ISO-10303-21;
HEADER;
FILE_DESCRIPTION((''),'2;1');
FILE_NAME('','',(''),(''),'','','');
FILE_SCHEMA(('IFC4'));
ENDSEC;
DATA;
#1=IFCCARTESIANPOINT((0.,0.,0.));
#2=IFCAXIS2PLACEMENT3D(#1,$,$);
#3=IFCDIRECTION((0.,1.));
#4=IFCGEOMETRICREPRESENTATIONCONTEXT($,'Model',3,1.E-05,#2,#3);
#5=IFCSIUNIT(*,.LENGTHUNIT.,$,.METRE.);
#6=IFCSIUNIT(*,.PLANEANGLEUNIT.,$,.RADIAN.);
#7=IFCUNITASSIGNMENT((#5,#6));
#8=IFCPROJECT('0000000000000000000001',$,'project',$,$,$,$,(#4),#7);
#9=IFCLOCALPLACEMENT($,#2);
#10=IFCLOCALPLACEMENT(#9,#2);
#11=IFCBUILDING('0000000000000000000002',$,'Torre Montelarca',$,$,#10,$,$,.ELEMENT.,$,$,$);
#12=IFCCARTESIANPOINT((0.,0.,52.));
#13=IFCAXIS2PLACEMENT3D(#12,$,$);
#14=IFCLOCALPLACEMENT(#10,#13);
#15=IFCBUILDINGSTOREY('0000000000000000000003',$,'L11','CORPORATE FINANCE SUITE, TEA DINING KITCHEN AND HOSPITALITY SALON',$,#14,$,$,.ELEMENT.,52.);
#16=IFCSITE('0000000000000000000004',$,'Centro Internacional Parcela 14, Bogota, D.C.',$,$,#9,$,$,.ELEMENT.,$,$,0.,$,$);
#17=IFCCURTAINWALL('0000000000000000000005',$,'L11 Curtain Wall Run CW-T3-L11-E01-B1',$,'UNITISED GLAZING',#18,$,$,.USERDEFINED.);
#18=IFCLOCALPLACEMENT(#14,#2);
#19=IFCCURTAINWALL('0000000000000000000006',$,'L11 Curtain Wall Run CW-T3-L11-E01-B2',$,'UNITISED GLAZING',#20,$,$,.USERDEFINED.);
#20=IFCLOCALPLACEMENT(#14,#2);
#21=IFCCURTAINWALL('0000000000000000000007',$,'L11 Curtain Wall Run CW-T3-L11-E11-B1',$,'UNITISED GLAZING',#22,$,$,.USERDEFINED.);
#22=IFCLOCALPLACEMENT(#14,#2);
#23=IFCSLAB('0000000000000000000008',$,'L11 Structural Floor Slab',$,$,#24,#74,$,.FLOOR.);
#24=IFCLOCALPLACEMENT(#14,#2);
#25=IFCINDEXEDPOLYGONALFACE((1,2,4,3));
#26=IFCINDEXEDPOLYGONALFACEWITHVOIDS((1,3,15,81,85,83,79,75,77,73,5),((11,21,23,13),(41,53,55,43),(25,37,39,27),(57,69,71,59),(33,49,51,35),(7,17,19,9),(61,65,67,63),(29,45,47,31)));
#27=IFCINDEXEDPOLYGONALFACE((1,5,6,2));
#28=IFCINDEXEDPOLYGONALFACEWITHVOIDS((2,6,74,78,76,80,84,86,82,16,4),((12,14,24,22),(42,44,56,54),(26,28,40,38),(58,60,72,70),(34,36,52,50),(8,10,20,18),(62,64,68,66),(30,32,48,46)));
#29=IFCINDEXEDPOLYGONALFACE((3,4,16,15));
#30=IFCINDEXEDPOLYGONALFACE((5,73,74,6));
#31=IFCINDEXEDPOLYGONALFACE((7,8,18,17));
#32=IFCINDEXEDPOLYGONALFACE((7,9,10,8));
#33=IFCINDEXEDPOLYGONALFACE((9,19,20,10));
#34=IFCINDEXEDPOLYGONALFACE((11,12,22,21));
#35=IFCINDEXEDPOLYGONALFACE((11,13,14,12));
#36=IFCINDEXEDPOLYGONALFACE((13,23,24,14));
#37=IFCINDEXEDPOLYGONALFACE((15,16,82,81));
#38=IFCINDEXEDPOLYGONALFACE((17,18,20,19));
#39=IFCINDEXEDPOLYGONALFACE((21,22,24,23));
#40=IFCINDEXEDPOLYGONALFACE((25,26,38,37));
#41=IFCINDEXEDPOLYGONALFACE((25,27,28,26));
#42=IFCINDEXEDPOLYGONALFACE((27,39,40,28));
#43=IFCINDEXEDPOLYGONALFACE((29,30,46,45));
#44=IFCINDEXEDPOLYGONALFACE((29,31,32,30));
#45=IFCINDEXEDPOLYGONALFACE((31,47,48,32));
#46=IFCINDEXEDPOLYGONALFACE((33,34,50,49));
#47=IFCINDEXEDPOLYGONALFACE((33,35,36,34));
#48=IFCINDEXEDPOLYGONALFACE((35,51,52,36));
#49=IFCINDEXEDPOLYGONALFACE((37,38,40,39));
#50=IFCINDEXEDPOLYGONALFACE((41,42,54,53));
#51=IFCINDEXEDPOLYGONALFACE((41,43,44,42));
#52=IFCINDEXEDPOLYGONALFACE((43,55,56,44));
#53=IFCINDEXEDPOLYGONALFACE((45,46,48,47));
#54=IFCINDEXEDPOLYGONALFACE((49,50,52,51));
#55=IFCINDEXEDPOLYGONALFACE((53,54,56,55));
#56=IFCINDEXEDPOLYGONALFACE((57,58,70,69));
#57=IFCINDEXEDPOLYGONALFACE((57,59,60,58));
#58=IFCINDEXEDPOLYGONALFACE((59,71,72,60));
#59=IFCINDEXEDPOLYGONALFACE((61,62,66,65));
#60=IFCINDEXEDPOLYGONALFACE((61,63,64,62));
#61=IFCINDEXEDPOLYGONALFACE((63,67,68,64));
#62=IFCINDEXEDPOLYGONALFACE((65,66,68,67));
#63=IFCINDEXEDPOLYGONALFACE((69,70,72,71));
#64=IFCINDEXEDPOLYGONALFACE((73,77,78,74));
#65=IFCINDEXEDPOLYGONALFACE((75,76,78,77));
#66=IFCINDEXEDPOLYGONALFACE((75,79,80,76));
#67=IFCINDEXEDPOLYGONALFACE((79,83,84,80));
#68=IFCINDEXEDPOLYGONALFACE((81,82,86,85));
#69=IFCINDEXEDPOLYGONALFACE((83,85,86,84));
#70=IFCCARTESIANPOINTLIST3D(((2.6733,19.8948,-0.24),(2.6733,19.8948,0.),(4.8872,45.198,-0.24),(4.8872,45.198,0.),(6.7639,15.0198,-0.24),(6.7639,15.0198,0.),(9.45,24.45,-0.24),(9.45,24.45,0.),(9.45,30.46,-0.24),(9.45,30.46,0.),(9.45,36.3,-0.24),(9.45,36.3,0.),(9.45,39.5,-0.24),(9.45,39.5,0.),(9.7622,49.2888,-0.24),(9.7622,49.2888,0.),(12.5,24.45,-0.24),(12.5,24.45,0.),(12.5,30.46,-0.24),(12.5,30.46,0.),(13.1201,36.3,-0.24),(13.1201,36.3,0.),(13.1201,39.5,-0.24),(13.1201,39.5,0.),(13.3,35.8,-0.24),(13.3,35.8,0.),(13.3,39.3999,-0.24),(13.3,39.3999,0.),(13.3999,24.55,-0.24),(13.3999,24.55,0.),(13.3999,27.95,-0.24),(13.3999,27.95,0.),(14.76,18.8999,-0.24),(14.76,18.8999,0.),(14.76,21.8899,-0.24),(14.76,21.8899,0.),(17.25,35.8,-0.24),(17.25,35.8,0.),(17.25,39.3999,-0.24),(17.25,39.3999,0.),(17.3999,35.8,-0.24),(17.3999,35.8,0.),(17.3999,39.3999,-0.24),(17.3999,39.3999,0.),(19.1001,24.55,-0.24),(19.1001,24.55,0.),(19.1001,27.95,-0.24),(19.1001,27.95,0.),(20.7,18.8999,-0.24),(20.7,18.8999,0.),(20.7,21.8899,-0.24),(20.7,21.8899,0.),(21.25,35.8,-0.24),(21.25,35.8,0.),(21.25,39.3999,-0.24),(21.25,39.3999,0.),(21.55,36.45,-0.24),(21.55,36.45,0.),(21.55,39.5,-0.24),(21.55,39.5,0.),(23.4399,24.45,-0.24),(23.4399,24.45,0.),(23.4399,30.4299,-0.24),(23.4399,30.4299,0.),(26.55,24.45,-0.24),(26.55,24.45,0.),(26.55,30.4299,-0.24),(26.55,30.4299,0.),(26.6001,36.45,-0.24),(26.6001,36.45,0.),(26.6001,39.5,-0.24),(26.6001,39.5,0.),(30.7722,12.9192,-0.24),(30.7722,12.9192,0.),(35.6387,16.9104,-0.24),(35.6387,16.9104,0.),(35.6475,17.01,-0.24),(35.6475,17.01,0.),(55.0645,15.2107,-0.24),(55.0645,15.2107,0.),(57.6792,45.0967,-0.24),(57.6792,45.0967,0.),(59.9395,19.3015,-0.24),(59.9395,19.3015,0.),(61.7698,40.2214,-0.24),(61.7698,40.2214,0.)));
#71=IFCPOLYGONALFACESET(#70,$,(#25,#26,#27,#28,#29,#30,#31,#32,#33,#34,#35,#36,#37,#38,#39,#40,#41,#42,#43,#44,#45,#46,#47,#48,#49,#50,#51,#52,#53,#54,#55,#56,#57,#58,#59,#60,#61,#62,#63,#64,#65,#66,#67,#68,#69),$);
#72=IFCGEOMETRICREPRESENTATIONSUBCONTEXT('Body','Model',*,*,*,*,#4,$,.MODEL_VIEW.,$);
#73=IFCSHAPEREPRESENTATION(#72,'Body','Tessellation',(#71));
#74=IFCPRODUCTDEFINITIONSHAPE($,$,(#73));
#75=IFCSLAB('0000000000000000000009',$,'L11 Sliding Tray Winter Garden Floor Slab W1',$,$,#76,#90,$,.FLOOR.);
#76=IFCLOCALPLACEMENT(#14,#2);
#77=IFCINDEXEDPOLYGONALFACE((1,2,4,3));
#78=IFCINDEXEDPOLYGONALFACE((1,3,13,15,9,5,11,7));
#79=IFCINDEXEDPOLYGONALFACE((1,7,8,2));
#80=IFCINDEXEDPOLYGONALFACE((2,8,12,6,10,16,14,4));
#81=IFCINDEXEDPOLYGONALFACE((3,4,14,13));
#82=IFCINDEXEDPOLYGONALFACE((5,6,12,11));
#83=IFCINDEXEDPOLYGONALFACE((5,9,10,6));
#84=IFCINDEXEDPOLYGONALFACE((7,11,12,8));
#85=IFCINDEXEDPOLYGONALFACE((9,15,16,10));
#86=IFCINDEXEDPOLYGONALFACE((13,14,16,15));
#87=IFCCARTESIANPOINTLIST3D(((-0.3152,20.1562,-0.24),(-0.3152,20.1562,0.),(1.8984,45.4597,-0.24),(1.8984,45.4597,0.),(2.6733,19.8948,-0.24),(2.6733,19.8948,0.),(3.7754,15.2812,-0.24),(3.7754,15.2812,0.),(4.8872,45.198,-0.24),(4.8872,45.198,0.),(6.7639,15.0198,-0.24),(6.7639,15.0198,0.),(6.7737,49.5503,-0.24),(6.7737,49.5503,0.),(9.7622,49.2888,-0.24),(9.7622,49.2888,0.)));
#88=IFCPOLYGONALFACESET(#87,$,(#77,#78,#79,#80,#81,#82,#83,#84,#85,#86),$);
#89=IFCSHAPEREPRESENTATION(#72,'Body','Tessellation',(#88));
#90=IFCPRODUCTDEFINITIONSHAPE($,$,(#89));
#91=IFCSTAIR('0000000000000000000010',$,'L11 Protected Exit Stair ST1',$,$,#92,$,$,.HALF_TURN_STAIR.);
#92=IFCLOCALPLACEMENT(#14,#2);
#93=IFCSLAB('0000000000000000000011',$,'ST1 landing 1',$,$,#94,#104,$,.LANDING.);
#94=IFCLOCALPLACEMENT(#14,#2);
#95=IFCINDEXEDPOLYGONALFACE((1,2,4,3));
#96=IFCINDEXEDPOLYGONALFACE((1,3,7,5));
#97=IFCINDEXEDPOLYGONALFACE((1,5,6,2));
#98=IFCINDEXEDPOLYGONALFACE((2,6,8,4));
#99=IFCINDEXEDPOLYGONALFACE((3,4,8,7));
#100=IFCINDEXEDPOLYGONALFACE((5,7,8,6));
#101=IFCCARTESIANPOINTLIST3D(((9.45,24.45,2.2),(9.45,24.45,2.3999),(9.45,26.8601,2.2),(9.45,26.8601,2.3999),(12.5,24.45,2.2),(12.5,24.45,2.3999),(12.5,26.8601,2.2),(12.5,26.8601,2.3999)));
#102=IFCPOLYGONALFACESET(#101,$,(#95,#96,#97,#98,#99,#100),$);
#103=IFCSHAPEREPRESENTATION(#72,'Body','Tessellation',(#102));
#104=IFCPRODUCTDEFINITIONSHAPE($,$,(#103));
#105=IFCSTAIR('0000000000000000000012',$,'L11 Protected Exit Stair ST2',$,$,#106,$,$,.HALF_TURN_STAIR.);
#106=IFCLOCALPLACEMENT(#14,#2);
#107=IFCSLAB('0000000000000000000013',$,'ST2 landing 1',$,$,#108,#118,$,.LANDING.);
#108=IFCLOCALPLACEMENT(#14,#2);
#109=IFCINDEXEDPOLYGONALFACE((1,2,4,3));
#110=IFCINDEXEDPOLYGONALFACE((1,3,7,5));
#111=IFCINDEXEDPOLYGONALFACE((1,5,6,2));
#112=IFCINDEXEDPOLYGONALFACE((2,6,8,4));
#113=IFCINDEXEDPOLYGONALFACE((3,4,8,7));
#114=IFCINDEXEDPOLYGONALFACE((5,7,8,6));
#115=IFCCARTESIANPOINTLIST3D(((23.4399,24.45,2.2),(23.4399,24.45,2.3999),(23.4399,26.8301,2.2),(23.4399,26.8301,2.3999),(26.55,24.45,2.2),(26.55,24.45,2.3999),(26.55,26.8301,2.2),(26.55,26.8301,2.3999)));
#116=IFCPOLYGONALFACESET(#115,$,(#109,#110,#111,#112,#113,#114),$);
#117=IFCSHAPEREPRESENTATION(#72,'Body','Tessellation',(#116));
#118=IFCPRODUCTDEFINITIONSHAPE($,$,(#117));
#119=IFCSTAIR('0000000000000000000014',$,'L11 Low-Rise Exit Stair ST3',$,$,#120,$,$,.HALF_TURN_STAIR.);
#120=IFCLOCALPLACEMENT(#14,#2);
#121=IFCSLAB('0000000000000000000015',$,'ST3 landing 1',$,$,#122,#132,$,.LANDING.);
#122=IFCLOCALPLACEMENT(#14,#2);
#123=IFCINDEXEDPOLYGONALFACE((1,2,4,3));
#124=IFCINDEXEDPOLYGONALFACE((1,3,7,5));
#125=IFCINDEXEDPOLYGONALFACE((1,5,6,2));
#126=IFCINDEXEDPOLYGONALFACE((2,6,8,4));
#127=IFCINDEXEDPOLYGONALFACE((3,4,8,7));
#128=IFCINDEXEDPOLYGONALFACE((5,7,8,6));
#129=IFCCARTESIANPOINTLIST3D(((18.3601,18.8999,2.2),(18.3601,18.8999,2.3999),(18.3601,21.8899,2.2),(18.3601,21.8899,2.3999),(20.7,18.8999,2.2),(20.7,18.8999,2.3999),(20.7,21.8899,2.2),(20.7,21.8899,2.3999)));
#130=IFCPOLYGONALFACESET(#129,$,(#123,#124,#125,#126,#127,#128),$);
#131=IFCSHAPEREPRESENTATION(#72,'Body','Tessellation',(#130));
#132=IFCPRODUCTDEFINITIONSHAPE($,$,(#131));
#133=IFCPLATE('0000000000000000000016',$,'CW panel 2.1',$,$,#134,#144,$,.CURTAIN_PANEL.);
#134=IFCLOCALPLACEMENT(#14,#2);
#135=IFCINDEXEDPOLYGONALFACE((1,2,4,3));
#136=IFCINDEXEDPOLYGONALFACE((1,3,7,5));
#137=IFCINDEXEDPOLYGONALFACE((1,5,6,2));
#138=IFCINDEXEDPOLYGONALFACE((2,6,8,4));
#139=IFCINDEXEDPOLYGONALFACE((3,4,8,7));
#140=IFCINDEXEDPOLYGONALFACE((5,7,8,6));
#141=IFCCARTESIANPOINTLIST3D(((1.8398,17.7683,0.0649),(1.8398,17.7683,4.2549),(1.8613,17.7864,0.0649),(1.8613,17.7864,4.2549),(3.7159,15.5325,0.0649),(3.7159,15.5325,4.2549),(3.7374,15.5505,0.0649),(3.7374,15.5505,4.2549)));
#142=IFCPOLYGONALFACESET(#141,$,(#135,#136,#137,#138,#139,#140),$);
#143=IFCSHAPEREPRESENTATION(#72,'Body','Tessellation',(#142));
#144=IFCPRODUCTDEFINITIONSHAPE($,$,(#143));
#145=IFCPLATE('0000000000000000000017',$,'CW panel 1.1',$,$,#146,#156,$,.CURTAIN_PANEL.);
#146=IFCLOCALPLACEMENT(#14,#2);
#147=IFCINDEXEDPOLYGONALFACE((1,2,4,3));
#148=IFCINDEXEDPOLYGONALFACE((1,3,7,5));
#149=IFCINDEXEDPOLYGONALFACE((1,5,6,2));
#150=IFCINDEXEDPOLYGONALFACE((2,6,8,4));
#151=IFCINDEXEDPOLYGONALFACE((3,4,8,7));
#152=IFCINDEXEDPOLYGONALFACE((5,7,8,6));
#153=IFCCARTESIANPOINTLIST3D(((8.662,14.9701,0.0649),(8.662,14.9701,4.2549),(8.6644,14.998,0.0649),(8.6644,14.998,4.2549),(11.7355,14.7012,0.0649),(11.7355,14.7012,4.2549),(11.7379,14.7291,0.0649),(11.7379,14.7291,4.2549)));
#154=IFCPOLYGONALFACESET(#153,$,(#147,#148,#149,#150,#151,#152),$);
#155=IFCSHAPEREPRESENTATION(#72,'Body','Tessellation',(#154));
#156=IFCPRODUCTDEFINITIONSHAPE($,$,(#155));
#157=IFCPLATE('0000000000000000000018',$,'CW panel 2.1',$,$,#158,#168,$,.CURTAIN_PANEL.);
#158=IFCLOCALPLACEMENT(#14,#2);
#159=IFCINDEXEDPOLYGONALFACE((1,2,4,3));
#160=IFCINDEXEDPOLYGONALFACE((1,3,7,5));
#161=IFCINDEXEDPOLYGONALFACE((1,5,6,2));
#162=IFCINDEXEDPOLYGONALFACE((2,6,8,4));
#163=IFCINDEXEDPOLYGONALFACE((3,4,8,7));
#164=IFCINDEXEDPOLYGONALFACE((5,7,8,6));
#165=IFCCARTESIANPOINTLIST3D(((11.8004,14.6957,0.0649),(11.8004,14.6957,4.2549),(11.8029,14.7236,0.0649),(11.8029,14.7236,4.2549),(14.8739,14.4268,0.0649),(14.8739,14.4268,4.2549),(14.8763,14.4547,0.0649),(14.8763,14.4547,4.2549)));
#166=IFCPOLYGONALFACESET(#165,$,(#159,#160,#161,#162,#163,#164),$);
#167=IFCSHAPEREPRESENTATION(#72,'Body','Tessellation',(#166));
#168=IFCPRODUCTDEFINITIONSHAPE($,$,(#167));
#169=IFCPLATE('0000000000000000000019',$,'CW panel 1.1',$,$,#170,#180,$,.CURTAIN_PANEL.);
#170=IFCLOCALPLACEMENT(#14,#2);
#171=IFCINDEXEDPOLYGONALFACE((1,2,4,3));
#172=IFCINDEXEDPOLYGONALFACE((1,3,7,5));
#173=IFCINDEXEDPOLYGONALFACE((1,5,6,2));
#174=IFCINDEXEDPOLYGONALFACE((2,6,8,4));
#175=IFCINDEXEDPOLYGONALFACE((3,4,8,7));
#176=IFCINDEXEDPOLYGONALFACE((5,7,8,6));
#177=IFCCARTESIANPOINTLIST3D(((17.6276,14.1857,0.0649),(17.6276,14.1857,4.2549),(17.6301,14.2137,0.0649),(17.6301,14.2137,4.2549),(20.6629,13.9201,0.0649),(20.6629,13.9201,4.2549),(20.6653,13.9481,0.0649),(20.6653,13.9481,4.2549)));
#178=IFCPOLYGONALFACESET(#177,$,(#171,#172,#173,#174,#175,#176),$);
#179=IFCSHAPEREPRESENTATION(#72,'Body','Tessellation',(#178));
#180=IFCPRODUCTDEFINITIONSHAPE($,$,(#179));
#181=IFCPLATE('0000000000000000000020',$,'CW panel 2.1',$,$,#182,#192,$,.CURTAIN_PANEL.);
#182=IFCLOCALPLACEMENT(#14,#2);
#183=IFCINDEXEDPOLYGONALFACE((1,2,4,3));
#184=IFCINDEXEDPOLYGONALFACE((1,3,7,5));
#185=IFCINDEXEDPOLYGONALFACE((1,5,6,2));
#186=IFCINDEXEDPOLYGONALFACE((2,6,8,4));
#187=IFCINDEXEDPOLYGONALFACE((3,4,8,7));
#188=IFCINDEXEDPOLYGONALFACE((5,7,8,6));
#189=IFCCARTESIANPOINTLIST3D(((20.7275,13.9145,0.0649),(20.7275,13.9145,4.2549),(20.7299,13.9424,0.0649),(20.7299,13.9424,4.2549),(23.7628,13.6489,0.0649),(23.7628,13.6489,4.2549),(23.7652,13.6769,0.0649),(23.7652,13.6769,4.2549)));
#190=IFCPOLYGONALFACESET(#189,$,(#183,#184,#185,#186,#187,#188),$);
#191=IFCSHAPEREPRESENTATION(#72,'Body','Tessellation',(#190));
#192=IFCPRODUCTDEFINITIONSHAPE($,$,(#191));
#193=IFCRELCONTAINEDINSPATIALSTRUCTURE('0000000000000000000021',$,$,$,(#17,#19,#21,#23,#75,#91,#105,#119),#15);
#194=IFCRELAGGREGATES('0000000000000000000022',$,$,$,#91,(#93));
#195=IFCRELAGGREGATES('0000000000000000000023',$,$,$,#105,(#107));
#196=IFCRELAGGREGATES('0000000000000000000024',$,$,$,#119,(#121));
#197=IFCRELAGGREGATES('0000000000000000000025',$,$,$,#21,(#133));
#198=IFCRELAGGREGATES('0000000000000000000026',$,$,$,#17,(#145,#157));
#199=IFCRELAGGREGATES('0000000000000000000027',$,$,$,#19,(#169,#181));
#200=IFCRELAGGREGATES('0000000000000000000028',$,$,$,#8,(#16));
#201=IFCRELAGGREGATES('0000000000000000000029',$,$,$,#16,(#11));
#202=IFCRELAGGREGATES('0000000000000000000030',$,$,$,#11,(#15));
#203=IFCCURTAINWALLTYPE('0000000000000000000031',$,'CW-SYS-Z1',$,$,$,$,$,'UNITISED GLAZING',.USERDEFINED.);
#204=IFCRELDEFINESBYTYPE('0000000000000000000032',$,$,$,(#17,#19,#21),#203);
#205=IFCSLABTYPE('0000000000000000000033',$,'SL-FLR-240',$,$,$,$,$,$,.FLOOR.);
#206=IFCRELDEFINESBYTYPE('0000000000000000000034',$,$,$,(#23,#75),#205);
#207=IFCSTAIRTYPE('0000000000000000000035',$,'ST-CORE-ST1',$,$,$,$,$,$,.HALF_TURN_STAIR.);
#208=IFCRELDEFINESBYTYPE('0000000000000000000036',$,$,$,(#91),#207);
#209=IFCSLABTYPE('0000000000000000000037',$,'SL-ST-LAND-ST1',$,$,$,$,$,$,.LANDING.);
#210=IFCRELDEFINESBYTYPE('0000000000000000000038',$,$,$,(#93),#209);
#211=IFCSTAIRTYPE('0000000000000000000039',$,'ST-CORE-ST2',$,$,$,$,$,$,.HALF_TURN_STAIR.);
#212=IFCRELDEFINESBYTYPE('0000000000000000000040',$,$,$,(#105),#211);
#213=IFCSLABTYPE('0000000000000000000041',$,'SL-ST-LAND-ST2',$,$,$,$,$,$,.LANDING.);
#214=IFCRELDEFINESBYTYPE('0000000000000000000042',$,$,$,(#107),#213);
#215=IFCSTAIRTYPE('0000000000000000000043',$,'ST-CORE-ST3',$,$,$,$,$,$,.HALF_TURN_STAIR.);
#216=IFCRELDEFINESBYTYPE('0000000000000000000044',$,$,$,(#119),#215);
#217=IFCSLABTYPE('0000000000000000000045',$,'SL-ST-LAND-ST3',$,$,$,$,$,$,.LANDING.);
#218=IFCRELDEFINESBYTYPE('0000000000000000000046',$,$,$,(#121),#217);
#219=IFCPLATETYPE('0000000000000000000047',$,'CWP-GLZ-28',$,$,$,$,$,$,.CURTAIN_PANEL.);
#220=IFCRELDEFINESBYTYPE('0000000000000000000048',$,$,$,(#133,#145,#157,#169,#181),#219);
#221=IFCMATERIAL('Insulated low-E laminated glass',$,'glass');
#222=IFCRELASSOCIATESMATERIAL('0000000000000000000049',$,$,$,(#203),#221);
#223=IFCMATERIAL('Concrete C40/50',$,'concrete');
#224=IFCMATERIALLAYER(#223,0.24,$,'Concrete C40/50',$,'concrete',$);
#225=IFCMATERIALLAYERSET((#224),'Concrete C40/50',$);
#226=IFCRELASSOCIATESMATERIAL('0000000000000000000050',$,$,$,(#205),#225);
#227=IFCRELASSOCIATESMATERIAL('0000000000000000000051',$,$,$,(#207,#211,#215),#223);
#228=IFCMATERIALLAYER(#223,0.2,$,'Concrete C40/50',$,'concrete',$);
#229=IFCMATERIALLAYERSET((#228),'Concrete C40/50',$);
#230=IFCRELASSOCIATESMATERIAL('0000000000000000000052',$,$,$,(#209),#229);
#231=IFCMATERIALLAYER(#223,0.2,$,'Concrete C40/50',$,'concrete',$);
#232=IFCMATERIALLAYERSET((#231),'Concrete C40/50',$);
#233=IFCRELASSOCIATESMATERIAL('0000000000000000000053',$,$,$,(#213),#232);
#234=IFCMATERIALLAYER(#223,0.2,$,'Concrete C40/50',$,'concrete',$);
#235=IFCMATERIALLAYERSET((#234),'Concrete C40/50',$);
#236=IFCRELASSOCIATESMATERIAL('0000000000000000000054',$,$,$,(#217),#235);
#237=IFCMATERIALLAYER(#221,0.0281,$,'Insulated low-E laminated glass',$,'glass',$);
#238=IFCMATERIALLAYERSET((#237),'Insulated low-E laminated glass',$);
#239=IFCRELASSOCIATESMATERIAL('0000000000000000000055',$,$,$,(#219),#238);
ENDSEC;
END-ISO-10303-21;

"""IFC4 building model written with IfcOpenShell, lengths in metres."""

from ifc_helpers import new_model, si_unit, direction, frame, origin, origin_2d, place, context, subcontext, project, spatial, polyline, rectangle, outline, extrude, source, transform, mapped, material, layer, layer_set, type_object, element, aggregate, save


model = new_model("IFC4")

# Units and contexts
model_context = context("Model", 3, precision=1e-05, world=origin(), true_north=direction((0.0, 1.0)))
body_context = subcontext(model_context, "Body", "Model", "MODEL_VIEW")
ifc_project = project(units=[si_unit("LENGTHUNIT", "METRE"), si_unit("PLANEANGLEUNIT", "RADIAN")], contexts=[model_context])

# Site, building, storey
site_placement = place(None, origin())
site = spatial("IfcSite", under=ifc_project, at=site_placement, Name="Centro Internacional Parcela 14, Bogota, D.C.", CompositionType="ELEMENT", RefElevation=0.0)
building_placement = place(site_placement, origin())
building = spatial("IfcBuilding", under=site, at=building_placement, Name="Torre Montelarca", CompositionType="ELEMENT")
storey_placement = place(building_placement, frame((0.0, 0.0, 52.0)))
storey = spatial("IfcBuildingStorey", under=building, at=storey_placement, Name="L11", Description="CORPORATE FINANCE SUITE, TEA DINING KITCHEN AND HOSPITALITY SALON", CompositionType="ELEMENT", Elevation=52.0)

# Curtain walls
ifc_material_1 = material(Name="Insulated low-E laminated glass", Category="glass")
curtain_wall_type = type_object("IfcCurtainWallType", Name="CW-SYS-Z1", ElementType="UNITISED GLAZING", PredefinedType="USERDEFINED", material=ifc_material_1)
curtain_wall_1_placement = place(storey_placement, origin())
curtain_wall_1 = element("IfcCurtainWall", 1, at=curtain_wall_1_placement, inside=storey, type_object=curtain_wall_type, Name="L11 Curtain Wall Run CW-T3-L11-E01-B1", ObjectType="UNITISED GLAZING", PredefinedType="USERDEFINED")
curtain_wall_2_placement = place(storey_placement, origin())
curtain_wall_2 = element("IfcCurtainWall", 2, at=curtain_wall_2_placement, inside=storey, type_object=curtain_wall_type, Name="L11 Curtain Wall Run CW-T3-L11-E01-B2", ObjectType="UNITISED GLAZING", PredefinedType="USERDEFINED")

# Curtain wall
curtain_wall_3_placement = place(storey_placement, origin())
curtain_wall_3 = element("IfcCurtainWall", 3, at=curtain_wall_3_placement, inside=storey, type_object=curtain_wall_type, Name="L11 Curtain Wall Run CW-T3-L11-E11-B1", ObjectType="UNITISED GLAZING", PredefinedType="USERDEFINED")

# Slabs
ifc_material_2 = material(Name="Concrete C40/50", Category="concrete")
ifc_layer_1 = layer(ifc_material_2, 0.24, Name="Concrete C40/50", Category="concrete")
ifc_layer_set_1 = layer_set([ifc_layer_1], Name="Concrete C40/50")
slab_type_1 = type_object("IfcSlabType", Name="SL-FLR-240", PredefinedType="FLOOR", material=ifc_layer_set_1)
slab_1_placement = place(storey_placement, frame((0.0, 0.0, -0.24)))
element("IfcSlab", 4, at=slab_1_placement, inside=storey, type_object=slab_type_1, Name="L11 Structural Floor Slab", PredefinedType="FLOOR", context=body_context, shape_type="SweptSolid", body=[
    extrude(outline(polyline([(30.7722, 12.9192), (35.6475, 17.01), (35.6387, 16.9104), (55.0645, 15.2107), (59.9395, 19.3015), (61.7698, 40.2214), (57.6792, 45.0967), (9.7622, 49.2888), (4.8872, 45.198), (2.6733, 19.8948), (6.7639, 15.0198), (30.7722, 12.9192)]), holes=[polyline([(20.7, 18.8999), (14.76, 18.8999), (14.76, 21.8899), (20.7, 21.8899), (20.7, 18.8999)]), polyline([(19.1001, 24.55), (13.3999, 24.55), (13.3999, 27.95), (19.1001, 27.95), (19.1001, 24.55)]), polyline([(23.4399, 24.45), (23.4399, 30.4299), (26.55, 30.4299), (26.55, 24.45), (23.4399, 24.45)]), polyline([(9.45, 24.45), (9.45, 30.46), (12.5, 30.46), (12.5, 24.45), (9.45, 24.45)]), polyline([(17.25, 35.8), (13.3, 35.8), (13.3, 39.3999), (17.25, 39.3999), (17.25, 35.8)]), polyline([(21.25, 35.8), (17.3999, 35.8), (17.3999, 39.3999), (21.25, 39.3999), (21.25, 35.8)]), polyline([(13.1201, 36.3), (9.45, 36.3), (9.45, 39.5), (13.1201, 39.5), (13.1201, 36.3)]), polyline([(26.6001, 36.45), (21.55, 36.45), (21.55, 39.5), (26.6001, 39.5), (26.6001, 36.45)])]), origin(), (0.0, 0.0, 1.0), 0.24),
])
slab_2_placement = place(storey_placement, frame((0.0, 0.0, -0.24)))
element("IfcSlab", 5, at=slab_2_placement, inside=storey, type_object=slab_type_1, Name="L11 Sliding Tray Winter Garden Floor Slab W1", PredefinedType="FLOOR", context=body_context, shape_type="SweptSolid", body=[
    extrude(outline(polyline([(6.7639, 15.0198), (2.6733, 19.8948), (4.8872, 45.198), (9.7622, 49.2888), (6.7737, 49.5503), (1.8984, 45.4597), (-0.3152, 20.1562), (3.7754, 15.2812), (6.7639, 15.0198)])), origin(), (0.0, 0.0, 1.0), 0.24),
])

# Stairs, slabs
stair_type_1 = type_object("IfcStairType", Name="ST-CORE-ST1", PredefinedType="HALF_TURN_STAIR", material=ifc_material_2)
stair_1_placement = place(storey_placement, origin())
stair_1 = element("IfcStair", 6, at=stair_1_placement, inside=storey, type_object=stair_type_1, Name="L11 Protected Exit Stair ST1", PredefinedType="HALF_TURN_STAIR")
ifc_layer_2 = layer(ifc_material_2, 0.2, Name="Concrete C40/50", Category="concrete")
ifc_layer_set_2 = layer_set([ifc_layer_2], Name="Concrete C40/50")
slab_type_2 = type_object("IfcSlabType", Name="SL-ST-LAND-ST1", PredefinedType="LANDING", material=ifc_layer_set_2)
slab_3_placement = place(storey_placement, frame((0.0, 0.0, 2.2)))
slab_3 = element("IfcSlab", 7, at=slab_3_placement, type_object=slab_type_2, Name="ST1 landing 1", PredefinedType="LANDING", context=body_context, shape_type="SweptSolid", body=[
    extrude(outline(polyline([(9.45, 26.8601), (9.45, 24.45), (12.5, 24.45), (12.5, 26.8601), (9.45, 26.8601)])), origin(), (0.0, 0.0, 1.0), 0.2),
])
aggregate(stair_1, [slab_3])
stair_type_2 = type_object("IfcStairType", Name="ST-CORE-ST2", PredefinedType="HALF_TURN_STAIR", material=ifc_material_2)
stair_2_placement = place(storey_placement, origin())
stair_2 = element("IfcStair", 8, at=stair_2_placement, inside=storey, type_object=stair_type_2, Name="L11 Protected Exit Stair ST2", PredefinedType="HALF_TURN_STAIR")
ifc_layer_3 = layer(ifc_material_2, 0.2, Name="Concrete C40/50", Category="concrete")
ifc_layer_set_3 = layer_set([ifc_layer_3], Name="Concrete C40/50")
slab_type_3 = type_object("IfcSlabType", Name="SL-ST-LAND-ST2", PredefinedType="LANDING", material=ifc_layer_set_3)
slab_4_placement = place(storey_placement, frame((0.0, 0.0, 2.2)))
slab_4 = element("IfcSlab", 9, at=slab_4_placement, type_object=slab_type_3, Name="ST2 landing 1", PredefinedType="LANDING", context=body_context, shape_type="SweptSolid", body=[
    extrude(outline(polyline([(23.4399, 26.8301), (23.4399, 24.45), (26.55, 24.45), (26.55, 26.8301), (23.4399, 26.8301)])), origin(), (0.0, 0.0, 1.0), 0.2),
])
aggregate(stair_2, [slab_4])
stair_type_3 = type_object("IfcStairType", Name="ST-CORE-ST3", PredefinedType="HALF_TURN_STAIR", material=ifc_material_2)
stair_3_placement = place(storey_placement, origin())
stair_3 = element("IfcStair", 10, at=stair_3_placement, inside=storey, type_object=stair_type_3, Name="L11 Low-Rise Exit Stair ST3", PredefinedType="HALF_TURN_STAIR")
ifc_layer_4 = layer(ifc_material_2, 0.2, Name="Concrete C40/50", Category="concrete")
ifc_layer_set_4 = layer_set([ifc_layer_4], Name="Concrete C40/50")
slab_type_4 = type_object("IfcSlabType", Name="SL-ST-LAND-ST3", PredefinedType="LANDING", material=ifc_layer_set_4)
slab_5_placement = place(storey_placement, frame((0.0, 0.0, 2.2)))
slab_5 = element("IfcSlab", 11, at=slab_5_placement, type_object=slab_type_4, Name="ST3 landing 1", PredefinedType="LANDING", context=body_context, shape_type="SweptSolid", body=[
    extrude(outline(polyline([(18.3601, 18.8999), (20.7, 18.8999), (20.7, 21.8899), (18.3601, 21.8899), (18.3601, 18.8999)])), origin(), (0.0, 0.0, 1.0), 0.2),
])
aggregate(stair_3, [slab_5])

# Plates
ifc_layer_5 = layer(ifc_material_1, 0.0281, Name="Insulated low-E laminated glass", Category="glass")
ifc_layer_set_5 = layer_set([ifc_layer_5], Name="Insulated low-E laminated glass")
plate_type = type_object("IfcPlateType", Name="CWP-GLZ-28", PredefinedType="CURTAIN_PANEL", material=ifc_layer_set_5)
shared_shape_1 = source(origin(), body_context, "Body", "SweptSolid", [
    extrude(rectangle(XDim=2.9187, YDim=0.0281, at=origin_2d()), origin(), (0.0, 0.0, 1.0), 4.1899),
])
plate_1_placement = place(storey_placement, frame((2.7886, 16.6594, 0.0649), z_axis=(0.0, 0.0, 1.0), x_axis=(0.64279, -0.766043, 0.0)))
plate_1 = element("IfcPlate", 12, at=plate_1_placement, type_object=plate_type, Name="CW panel 2.1", PredefinedType="CURTAIN_PANEL", context=body_context, shape_type="MappedRepresentation", body=[
    mapped(shared_shape_1, transform((0.0, 0.0, 0.0), scale=1.0)),
])
aggregate(curtain_wall_3, [plate_1])
shared_shape_2 = source(origin(), body_context, "Body", "SweptSolid", [
    extrude(rectangle(XDim=3.0852, YDim=0.0281, at=origin_2d()), origin(), (0.0, 0.0, 1.0), 4.1899),
])
plate_2_placement = place(storey_placement, frame((10.2, 14.8496, 0.0649), z_axis=(0.0, 0.0, 1.0), x_axis=(0.996195, -0.087156, 0.0)))
plate_2 = element("IfcPlate", 13, at=plate_2_placement, type_object=plate_type, Name="CW panel 1.1", PredefinedType="CURTAIN_PANEL", context=body_context, shape_type="MappedRepresentation", body=[
    mapped(shared_shape_2, transform((0.0, 0.0, 0.0), scale=1.0)),
])
plate_3_placement = place(storey_placement, frame((13.3384, 14.5752, 0.0649), z_axis=(0.0, 0.0, 1.0), x_axis=(0.996195, -0.087156, 0.0)))
plate_3 = element("IfcPlate", 14, at=plate_3_placement, type_object=plate_type, Name="CW panel 2.1", PredefinedType="CURTAIN_PANEL", context=body_context, shape_type="MappedRepresentation", body=[
    mapped(shared_shape_2, transform((0.0, 0.0, 0.0), scale=1.0)),
])
aggregate(curtain_wall_1, [plate_2, plate_3])
shared_shape_3 = source(origin(), body_context, "Body", "SweptSolid", [
    extrude(rectangle(XDim=3.0469, YDim=0.0281, at=origin_2d()), origin(), (0.0, 0.0, 1.0), 4.1899),
])
plate_4_placement = place(storey_placement, frame((19.1465, 14.0669, 0.0649), z_axis=(0.0, 0.0, 1.0), x_axis=(0.996194, -0.087159, 0.0)))
plate_4 = element("IfcPlate", 15, at=plate_4_placement, type_object=plate_type, Name="CW panel 1.1", PredefinedType="CURTAIN_PANEL", context=body_context, shape_type="MappedRepresentation", body=[
    mapped(shared_shape_3, transform((0.0, 0.0, 0.0), scale=1.0)),
])
plate_5_placement = place(storey_placement, frame((22.2463, 13.7957, 0.0649), z_axis=(0.0, 0.0, 1.0), x_axis=(0.996194, -0.087159, 0.0)))
plate_5 = element("IfcPlate", 16, at=plate_5_placement, type_object=plate_type, Name="CW panel 2.1", PredefinedType="CURTAIN_PANEL", context=body_context, shape_type="MappedRepresentation", body=[
    mapped(shared_shape_3, transform((0.0, 0.0, 0.0), scale=1.0)),
])
aggregate(curtain_wall_2, [plate_4, plate_5])

save(model, "model.ifc")
